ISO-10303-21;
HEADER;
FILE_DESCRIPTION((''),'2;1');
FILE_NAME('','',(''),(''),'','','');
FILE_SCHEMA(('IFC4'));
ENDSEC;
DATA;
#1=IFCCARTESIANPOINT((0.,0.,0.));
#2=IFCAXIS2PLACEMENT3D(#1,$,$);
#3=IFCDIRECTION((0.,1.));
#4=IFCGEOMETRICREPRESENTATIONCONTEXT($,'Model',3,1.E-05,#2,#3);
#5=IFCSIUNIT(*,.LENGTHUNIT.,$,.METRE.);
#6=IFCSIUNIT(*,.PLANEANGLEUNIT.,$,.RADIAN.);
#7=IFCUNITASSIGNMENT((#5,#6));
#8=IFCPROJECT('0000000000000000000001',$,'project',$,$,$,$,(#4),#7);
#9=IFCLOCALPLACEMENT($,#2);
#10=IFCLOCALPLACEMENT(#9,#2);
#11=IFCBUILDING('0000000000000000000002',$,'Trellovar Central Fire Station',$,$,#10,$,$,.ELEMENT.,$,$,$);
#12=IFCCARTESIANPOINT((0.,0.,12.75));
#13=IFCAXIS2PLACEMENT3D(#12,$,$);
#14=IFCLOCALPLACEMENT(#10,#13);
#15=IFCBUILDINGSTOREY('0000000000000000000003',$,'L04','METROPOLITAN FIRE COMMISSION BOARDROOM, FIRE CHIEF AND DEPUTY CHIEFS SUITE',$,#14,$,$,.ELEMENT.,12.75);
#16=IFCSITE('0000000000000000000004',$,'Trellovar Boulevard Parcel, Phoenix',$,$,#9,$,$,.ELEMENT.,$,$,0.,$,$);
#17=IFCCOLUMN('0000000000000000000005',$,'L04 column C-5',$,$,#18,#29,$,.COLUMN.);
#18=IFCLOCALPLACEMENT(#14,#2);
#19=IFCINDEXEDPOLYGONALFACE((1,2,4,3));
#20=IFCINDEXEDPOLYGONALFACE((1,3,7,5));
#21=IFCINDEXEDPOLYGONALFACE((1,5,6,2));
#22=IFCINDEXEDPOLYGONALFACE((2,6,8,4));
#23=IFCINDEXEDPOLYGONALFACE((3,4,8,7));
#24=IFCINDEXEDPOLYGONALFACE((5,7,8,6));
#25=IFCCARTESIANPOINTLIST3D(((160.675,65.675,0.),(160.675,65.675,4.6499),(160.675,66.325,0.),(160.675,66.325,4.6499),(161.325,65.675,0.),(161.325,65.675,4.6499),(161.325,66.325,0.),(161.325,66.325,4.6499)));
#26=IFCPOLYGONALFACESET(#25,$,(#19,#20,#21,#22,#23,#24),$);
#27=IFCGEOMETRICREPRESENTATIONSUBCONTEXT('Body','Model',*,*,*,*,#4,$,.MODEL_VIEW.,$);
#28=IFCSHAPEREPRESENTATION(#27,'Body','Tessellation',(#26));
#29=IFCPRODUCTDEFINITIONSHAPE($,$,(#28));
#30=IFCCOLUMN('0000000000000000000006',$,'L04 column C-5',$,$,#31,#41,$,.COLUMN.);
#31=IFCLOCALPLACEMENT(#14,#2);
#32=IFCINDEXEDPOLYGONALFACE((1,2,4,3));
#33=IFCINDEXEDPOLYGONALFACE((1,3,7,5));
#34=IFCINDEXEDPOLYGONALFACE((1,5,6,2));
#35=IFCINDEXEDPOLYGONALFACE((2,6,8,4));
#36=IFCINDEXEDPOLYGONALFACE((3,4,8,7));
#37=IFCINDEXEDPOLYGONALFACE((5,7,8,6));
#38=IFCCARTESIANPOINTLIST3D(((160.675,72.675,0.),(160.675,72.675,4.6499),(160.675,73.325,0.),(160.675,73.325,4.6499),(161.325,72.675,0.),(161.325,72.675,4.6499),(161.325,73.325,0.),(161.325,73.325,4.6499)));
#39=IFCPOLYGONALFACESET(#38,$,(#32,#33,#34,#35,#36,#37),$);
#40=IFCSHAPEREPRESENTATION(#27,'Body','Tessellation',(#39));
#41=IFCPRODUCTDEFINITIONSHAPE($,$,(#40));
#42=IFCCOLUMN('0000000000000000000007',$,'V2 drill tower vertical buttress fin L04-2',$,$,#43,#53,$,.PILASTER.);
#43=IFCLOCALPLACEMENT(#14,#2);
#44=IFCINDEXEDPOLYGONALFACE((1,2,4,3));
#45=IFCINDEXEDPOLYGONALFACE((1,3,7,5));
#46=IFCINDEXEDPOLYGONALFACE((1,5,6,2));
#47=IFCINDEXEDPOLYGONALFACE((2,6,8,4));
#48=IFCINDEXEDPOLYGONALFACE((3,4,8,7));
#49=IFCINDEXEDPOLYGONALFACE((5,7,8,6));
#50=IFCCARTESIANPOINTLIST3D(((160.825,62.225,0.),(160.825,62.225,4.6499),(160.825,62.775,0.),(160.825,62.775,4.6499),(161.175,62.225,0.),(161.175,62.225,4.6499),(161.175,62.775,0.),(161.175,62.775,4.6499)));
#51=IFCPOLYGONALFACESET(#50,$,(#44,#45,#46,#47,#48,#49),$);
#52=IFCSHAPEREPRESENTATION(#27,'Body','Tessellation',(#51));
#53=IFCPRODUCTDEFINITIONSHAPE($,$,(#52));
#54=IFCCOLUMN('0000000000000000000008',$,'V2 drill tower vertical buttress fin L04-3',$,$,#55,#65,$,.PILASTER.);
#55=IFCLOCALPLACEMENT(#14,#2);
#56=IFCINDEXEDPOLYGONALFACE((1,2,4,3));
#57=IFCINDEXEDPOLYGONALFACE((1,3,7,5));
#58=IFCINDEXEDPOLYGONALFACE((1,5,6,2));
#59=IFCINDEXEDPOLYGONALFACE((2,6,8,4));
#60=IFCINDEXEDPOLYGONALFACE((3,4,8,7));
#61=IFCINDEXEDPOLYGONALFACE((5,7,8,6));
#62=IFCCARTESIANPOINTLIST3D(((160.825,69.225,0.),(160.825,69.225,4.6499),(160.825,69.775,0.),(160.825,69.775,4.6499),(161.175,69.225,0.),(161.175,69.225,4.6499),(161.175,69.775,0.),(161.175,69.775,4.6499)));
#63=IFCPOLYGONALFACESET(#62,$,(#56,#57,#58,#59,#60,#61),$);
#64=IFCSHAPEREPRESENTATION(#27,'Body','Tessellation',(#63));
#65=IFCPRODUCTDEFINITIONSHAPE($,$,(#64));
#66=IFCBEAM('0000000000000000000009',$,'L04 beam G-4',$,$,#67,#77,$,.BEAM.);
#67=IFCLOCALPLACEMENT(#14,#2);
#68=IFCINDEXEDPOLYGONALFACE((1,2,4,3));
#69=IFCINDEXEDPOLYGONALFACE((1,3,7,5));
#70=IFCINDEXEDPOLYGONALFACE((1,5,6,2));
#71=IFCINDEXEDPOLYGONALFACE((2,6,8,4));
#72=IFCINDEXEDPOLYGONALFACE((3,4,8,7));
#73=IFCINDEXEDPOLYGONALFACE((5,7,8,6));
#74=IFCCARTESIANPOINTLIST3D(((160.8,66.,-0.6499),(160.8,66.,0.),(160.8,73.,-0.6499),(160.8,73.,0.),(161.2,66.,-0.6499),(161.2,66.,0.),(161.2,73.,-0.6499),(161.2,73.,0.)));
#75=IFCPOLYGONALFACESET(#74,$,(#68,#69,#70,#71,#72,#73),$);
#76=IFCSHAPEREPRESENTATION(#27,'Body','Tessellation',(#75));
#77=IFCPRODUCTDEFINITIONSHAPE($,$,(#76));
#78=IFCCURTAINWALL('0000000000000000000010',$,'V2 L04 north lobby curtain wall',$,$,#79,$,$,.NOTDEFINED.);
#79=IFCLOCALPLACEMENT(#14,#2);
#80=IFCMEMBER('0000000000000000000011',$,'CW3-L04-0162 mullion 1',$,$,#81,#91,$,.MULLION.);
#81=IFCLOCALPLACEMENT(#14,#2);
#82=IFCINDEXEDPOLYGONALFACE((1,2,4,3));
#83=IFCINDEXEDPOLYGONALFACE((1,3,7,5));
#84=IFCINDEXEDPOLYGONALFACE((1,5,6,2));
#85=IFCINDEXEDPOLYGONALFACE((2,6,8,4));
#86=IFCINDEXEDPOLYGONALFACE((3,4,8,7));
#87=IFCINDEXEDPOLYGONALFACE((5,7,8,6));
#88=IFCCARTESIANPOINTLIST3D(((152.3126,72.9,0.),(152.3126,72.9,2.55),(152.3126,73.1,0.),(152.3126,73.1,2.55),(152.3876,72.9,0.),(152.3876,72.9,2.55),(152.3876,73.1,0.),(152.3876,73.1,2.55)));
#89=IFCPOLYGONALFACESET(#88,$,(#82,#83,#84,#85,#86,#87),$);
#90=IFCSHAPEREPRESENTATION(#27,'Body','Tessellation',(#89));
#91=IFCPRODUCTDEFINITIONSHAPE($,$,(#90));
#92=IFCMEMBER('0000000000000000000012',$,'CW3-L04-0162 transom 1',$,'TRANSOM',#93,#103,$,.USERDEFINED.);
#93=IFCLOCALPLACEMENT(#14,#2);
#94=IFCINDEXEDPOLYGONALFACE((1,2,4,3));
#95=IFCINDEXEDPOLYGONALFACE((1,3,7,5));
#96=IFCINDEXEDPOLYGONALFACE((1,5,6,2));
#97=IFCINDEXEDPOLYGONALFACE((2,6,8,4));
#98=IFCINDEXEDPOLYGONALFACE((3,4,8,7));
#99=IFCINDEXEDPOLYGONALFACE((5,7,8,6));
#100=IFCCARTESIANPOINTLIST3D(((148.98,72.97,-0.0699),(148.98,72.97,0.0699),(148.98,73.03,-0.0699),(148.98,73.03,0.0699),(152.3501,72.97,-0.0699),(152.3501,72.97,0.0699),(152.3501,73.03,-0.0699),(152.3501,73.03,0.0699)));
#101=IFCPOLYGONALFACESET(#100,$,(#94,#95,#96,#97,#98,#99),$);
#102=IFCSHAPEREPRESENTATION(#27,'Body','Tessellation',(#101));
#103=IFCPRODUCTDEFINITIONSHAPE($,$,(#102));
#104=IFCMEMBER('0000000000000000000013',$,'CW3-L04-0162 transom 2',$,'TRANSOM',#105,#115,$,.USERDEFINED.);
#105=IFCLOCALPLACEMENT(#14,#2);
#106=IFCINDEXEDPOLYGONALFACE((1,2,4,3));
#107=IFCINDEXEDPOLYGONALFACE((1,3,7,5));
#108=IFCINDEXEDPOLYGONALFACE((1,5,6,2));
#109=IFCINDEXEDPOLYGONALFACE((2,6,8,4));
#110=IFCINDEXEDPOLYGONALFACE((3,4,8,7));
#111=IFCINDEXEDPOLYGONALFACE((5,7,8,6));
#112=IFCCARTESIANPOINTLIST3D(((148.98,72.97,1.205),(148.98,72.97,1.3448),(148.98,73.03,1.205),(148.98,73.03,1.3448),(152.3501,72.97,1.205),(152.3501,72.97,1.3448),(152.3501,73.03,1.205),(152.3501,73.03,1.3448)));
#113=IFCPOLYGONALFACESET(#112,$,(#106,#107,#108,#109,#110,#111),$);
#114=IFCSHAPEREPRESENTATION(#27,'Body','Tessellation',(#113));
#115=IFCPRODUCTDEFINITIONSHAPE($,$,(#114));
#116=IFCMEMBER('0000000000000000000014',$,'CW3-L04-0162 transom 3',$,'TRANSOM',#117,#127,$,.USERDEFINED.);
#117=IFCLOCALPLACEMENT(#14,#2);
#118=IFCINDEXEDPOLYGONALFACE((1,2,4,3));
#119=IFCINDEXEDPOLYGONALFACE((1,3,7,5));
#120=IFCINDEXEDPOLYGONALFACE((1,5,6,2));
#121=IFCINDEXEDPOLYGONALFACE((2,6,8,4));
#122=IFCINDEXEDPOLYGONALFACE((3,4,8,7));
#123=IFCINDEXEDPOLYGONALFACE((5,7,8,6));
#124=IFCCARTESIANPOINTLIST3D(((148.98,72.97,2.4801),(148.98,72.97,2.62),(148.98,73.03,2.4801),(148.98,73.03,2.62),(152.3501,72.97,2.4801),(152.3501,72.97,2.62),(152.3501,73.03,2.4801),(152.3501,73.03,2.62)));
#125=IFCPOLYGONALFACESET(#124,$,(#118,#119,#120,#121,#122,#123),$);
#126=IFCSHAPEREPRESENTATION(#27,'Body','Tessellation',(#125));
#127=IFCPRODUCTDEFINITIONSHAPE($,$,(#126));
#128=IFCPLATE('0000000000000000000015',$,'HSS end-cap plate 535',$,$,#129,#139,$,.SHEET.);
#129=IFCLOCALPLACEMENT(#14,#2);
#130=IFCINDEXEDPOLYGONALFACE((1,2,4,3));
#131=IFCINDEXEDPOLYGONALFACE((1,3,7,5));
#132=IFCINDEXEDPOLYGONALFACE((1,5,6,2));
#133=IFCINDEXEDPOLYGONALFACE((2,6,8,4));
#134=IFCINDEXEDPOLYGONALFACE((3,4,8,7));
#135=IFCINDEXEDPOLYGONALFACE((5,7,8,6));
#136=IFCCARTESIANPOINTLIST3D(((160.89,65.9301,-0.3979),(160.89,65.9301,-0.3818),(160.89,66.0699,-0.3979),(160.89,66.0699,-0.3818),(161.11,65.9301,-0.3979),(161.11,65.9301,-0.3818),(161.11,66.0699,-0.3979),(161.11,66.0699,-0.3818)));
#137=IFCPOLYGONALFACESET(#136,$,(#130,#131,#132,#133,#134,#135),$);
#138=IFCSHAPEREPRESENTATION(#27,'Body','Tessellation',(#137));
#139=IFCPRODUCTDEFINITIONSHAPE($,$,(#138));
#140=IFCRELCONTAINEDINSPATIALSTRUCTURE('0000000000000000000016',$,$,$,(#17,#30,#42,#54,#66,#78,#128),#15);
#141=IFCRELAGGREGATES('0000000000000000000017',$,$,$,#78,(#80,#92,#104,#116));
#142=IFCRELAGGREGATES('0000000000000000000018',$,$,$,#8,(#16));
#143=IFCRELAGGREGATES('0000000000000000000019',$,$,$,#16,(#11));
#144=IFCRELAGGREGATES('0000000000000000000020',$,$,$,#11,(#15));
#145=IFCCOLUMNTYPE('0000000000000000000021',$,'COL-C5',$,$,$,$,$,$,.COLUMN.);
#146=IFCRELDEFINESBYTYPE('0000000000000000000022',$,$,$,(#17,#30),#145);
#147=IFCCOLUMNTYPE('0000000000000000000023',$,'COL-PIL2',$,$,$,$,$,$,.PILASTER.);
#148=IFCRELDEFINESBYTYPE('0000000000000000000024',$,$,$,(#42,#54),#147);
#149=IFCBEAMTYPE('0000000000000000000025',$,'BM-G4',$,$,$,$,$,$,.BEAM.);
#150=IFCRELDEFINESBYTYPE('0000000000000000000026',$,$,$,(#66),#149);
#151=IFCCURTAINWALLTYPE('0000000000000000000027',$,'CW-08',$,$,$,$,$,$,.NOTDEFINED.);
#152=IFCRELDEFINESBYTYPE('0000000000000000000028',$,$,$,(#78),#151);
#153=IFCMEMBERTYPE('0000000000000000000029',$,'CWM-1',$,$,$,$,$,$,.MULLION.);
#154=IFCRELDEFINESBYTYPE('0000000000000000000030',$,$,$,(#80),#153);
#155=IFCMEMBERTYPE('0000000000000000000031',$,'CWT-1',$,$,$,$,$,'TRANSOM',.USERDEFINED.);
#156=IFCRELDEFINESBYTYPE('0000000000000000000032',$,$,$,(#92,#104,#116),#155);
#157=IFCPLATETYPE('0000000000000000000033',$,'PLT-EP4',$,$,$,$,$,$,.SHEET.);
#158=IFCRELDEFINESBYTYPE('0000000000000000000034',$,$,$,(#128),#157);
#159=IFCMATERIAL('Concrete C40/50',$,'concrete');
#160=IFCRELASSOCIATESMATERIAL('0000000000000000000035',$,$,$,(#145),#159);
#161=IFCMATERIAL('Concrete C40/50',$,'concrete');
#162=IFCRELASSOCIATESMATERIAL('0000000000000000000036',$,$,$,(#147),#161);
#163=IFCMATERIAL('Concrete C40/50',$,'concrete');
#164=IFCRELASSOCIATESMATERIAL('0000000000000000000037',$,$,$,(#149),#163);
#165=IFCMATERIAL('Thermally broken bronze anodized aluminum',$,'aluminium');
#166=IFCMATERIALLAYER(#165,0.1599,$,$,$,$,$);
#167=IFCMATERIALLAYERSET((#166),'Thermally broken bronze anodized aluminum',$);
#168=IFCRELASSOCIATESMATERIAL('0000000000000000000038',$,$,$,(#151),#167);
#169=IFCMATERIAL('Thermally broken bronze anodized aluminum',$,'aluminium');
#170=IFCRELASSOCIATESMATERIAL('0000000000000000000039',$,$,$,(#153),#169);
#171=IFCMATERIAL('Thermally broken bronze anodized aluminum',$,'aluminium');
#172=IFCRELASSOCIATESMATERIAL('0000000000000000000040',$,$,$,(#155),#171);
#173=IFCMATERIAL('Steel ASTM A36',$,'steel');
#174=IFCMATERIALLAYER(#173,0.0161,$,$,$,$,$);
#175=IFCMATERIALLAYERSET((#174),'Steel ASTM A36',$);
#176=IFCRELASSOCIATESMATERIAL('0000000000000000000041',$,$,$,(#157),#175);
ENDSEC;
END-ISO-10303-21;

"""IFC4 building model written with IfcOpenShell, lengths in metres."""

from ifc_helpers import new_model, si_unit, direction, frame, origin, origin_2d, place, context, subcontext, project, spatial, rectangle, extrude, material, layer, layer_set, material_profile, profile_set, type_object, element, aggregate, save


model = new_model("IFC4")

# Units and contexts
model_context = context("Model", 3, precision=1e-05, world=origin(), true_north=direction((0.0, 1.0)))
body_context = subcontext(model_context, "Body", "Model", "MODEL_VIEW")
ifc_project = project(units=[si_unit("LENGTHUNIT", "METRE"), si_unit("PLANEANGLEUNIT", "RADIAN")], contexts=[model_context])

# Site, building, storey
site_placement = place(None, origin())
site = spatial("IfcSite", under=ifc_project, at=site_placement, Name="Trellovar Boulevard Parcel, Phoenix", CompositionType="ELEMENT", RefElevation=0.0)
building_placement = place(site_placement, origin())
building = spatial("IfcBuilding", under=site, at=building_placement, Name="Trellovar Central Fire Station", CompositionType="ELEMENT")
storey_placement = place(building_placement, frame((0.0, 0.0, 12.75)))
storey = spatial("IfcBuildingStorey", under=building, at=storey_placement, Name="L04", Description="METROPOLITAN FIRE COMMISSION BOARDROOM, FIRE CHIEF AND DEPUTY CHIEFS SUITE", CompositionType="ELEMENT", Elevation=12.75)

# Columns
ifc_material_1 = material(Name="Concrete C40/50", Category="concrete")
ifc_material_profile_1 = material_profile(ifc_material_1, rectangle(XDim=0.6499, YDim=0.6499, at=origin_2d()), Name="RC650X650")
ifc_profile_set_1 = profile_set([ifc_material_profile_1], Name="Concrete C40/50")
column_type_1 = type_object("IfcColumnType", Name="COL-C5", PredefinedType="COLUMN", material=ifc_profile_set_1)
for number, where, z_axis, x_axis, name in (
    (1, (161.0, 66.0, 0.0), (0.0, 0.0, 1.0), (1.0, 0.0, 0.0), "L04 column C-5"),
    (2, (161.0, 73.0, 0.0), (0.0, 0.0, 1.0), (1.0, 0.0, 0.0), "L04 column C-5"),
):
    element("IfcColumn", number, at=place(storey_placement, frame(where, z_axis=z_axis, x_axis=x_axis)), inside=storey, type_object=column_type_1, Name=name, PredefinedType="COLUMN", context=body_context, shape_type="SweptSolid", body=[
        extrude(rectangle(XDim=0.6499, YDim=0.6499, at=origin_2d()), origin(), (0.0, 0.0, 1.0), 4.6499),
    ])
ifc_material_2 = material(Name="Concrete C40/50", Category="concrete")
ifc_material_profile_2 = material_profile(ifc_material_2, rectangle(XDim=0.3501, YDim=0.55, at=origin_2d()), Name="RC350X550")
ifc_profile_set_2 = profile_set([ifc_material_profile_2], Name="Concrete C40/50")
column_type_2 = type_object("IfcColumnType", Name="COL-PIL2", PredefinedType="PILASTER", material=ifc_profile_set_2)
for number, where, z_axis, x_axis, name in (
    (3, (161.0, 62.5, 0.0), (0.0, 0.0, 1.0), (1.0, 0.0, 0.0), "V2 drill tower vertical buttress fin L04-2"),
    (4, (161.0, 69.5, 0.0), (0.0, 0.0, 1.0), (1.0, 0.0, 0.0), "V2 drill tower vertical buttress fin L04-3"),
):
    element("IfcColumn", number, at=place(storey_placement, frame(where, z_axis=z_axis, x_axis=x_axis)), inside=storey, type_object=column_type_2, Name=name, PredefinedType="PILASTER", context=body_context, shape_type="SweptSolid", body=[
        extrude(rectangle(XDim=0.3501, YDim=0.55, at=origin_2d()), origin(), (0.0, 0.0, 1.0), 4.6499),
    ])

# Beam
ifc_material_3 = material(Name="Concrete C40/50", Category="concrete")
ifc_material_profile_3 = material_profile(ifc_material_3, rectangle(XDim=0.3999, YDim=0.6499, at=origin_2d()), Name="RC400X650")
ifc_profile_set_3 = profile_set([ifc_material_profile_3], Name="Concrete C40/50")
beam_type = type_object("IfcBeamType", Name="BM-G4", PredefinedType="BEAM", material=ifc_profile_set_3)
beam_placement = place(storey_placement, frame((161.0, 66.0, -0.325), z_axis=(0.0, 1.0, 0.0), x_axis=(-1.0, 0.0, 0.0)))
element("IfcBeam", 5, at=beam_placement, inside=storey, type_object=beam_type, Name="L04 beam G-4", PredefinedType="BEAM", context=body_context, shape_type="SweptSolid", body=[
    extrude(rectangle(XDim=0.3999, YDim=0.6499, at=origin_2d()), origin(), (0.0, 0.0, 1.0), 7.0),
])

# Curtain wall, members
ifc_material_4 = material(Name="Thermally broken bronze anodized aluminum", Category="aluminium")
ifc_layer_1 = layer(ifc_material_4, 0.1599)
ifc_layer_set_1 = layer_set([ifc_layer_1], Name="Thermally broken bronze anodized aluminum")
curtain_wall_type = type_object("IfcCurtainWallType", Name="CW-08", PredefinedType="NOTDEFINED", material=ifc_layer_set_1)
curtain_wall_placement = place(storey_placement, origin())
curtain_wall = element("IfcCurtainWall", 6, at=curtain_wall_placement, inside=storey, type_object=curtain_wall_type, Name="V2 L04 north lobby curtain wall", PredefinedType="NOTDEFINED")
ifc_material_5 = material(Name="Thermally broken bronze anodized aluminum", Category="aluminium")
ifc_material_profile_4 = material_profile(ifc_material_5, rectangle(XDim=0.075, YDim=0.2, at=origin_2d()), Name="ALU75X200")
ifc_profile_set_4 = profile_set([ifc_material_profile_4], Name="Thermally broken bronze anodized aluminum")
member_type_1 = type_object("IfcMemberType", Name="CWM-1", PredefinedType="MULLION", material=ifc_profile_set_4)
member_1_placement = place(storey_placement, frame((152.3501, 73.0, 0.0), z_axis=(0.0, 0.0, 1.0), x_axis=(1.0, 0.0, 0.0)))
member_1 = element("IfcMember", 7, at=member_1_placement, type_object=member_type_1, Name="CW3-L04-0162 mullion 1", PredefinedType="MULLION", context=body_context, shape_type="SweptSolid", body=[
    extrude(rectangle(XDim=0.075, YDim=0.2, at=origin_2d()), origin(), (0.0, 0.0, 1.0), 2.55),
])
ifc_material_6 = material(Name="Thermally broken bronze anodized aluminum", Category="aluminium")
ifc_material_profile_5 = material_profile(ifc_material_6, rectangle(XDim=0.0601, YDim=0.1399, at=origin_2d()), Name="ALU60X140")
ifc_profile_set_5 = profile_set([ifc_material_profile_5], Name="Thermally broken bronze anodized aluminum")
member_type_2 = type_object("IfcMemberType", Name="CWT-1", ElementType="TRANSOM", PredefinedType="USERDEFINED", material=ifc_profile_set_5)
member_2_placement = place(storey_placement, frame((152.3501, 73.0, 0.0), z_axis=(-1.0, 0.0, 0.0), x_axis=(0.0, -1.0, 0.0)))
member_2 = element("IfcMember", 8, at=member_2_placement, type_object=member_type_2, Name="CW3-L04-0162 transom 1", ObjectType="TRANSOM", PredefinedType="USERDEFINED", context=body_context, shape_type="SweptSolid", body=[
    extrude(rectangle(XDim=0.0601, YDim=0.1399, at=origin_2d()), origin(), (0.0, 0.0, 1.0), 3.3701),
])
member_3_placement = place(storey_placement, frame((152.3501, 73.0, 1.2749), z_axis=(-1.0, 0.0, 0.0), x_axis=(0.0, -1.0, 0.0)))
member_3 = element("IfcMember", 9, at=member_3_placement, type_object=member_type_2, Name="CW3-L04-0162 transom 2", ObjectType="TRANSOM", PredefinedType="USERDEFINED", context=body_context, shape_type="SweptSolid", body=[
    extrude(rectangle(XDim=0.0601, YDim=0.1399, at=origin_2d()), origin(), (0.0, 0.0, 1.0), 3.3701),
])
member_4_placement = place(storey_placement, frame((152.3501, 73.0, 2.55), z_axis=(-1.0, 0.0, 0.0), x_axis=(0.0, -1.0, 0.0)))
member_4 = element("IfcMember", 10, at=member_4_placement, type_object=member_type_2, Name="CW3-L04-0162 transom 3", ObjectType="TRANSOM", PredefinedType="USERDEFINED", context=body_context, shape_type="SweptSolid", body=[
    extrude(rectangle(XDim=0.0601, YDim=0.1399, at=origin_2d()), origin(), (0.0, 0.0, 1.0), 3.3701),
])
aggregate(curtain_wall, [member_1, member_2, member_3, member_4])

# Plate
ifc_material_7 = material(Name="Steel ASTM A36", Category="steel")
ifc_layer_2 = layer(ifc_material_7, 0.0161)
ifc_layer_set_2 = layer_set([ifc_layer_2], Name="Steel ASTM A36")
plate_type = type_object("IfcPlateType", Name="PLT-EP4", PredefinedType="SHEET", material=ifc_layer_set_2)
plate_placement = place(storey_placement, frame((161.0, 66.0, -0.3979), z_axis=(0.0, 0.0, 1.0), x_axis=(1.0, 0.0, 0.0)))
element("IfcPlate", 11, at=plate_placement, inside=storey, type_object=plate_type, Name="HSS end-cap plate 535", PredefinedType="SHEET", context=body_context, shape_type="SweptSolid", body=[
    extrude(rectangle(XDim=0.22, YDim=0.1399, at=origin_2d()), origin(), (0.0, 0.0, 1.0), 0.0161),
])

save(model, "model.ifc")
